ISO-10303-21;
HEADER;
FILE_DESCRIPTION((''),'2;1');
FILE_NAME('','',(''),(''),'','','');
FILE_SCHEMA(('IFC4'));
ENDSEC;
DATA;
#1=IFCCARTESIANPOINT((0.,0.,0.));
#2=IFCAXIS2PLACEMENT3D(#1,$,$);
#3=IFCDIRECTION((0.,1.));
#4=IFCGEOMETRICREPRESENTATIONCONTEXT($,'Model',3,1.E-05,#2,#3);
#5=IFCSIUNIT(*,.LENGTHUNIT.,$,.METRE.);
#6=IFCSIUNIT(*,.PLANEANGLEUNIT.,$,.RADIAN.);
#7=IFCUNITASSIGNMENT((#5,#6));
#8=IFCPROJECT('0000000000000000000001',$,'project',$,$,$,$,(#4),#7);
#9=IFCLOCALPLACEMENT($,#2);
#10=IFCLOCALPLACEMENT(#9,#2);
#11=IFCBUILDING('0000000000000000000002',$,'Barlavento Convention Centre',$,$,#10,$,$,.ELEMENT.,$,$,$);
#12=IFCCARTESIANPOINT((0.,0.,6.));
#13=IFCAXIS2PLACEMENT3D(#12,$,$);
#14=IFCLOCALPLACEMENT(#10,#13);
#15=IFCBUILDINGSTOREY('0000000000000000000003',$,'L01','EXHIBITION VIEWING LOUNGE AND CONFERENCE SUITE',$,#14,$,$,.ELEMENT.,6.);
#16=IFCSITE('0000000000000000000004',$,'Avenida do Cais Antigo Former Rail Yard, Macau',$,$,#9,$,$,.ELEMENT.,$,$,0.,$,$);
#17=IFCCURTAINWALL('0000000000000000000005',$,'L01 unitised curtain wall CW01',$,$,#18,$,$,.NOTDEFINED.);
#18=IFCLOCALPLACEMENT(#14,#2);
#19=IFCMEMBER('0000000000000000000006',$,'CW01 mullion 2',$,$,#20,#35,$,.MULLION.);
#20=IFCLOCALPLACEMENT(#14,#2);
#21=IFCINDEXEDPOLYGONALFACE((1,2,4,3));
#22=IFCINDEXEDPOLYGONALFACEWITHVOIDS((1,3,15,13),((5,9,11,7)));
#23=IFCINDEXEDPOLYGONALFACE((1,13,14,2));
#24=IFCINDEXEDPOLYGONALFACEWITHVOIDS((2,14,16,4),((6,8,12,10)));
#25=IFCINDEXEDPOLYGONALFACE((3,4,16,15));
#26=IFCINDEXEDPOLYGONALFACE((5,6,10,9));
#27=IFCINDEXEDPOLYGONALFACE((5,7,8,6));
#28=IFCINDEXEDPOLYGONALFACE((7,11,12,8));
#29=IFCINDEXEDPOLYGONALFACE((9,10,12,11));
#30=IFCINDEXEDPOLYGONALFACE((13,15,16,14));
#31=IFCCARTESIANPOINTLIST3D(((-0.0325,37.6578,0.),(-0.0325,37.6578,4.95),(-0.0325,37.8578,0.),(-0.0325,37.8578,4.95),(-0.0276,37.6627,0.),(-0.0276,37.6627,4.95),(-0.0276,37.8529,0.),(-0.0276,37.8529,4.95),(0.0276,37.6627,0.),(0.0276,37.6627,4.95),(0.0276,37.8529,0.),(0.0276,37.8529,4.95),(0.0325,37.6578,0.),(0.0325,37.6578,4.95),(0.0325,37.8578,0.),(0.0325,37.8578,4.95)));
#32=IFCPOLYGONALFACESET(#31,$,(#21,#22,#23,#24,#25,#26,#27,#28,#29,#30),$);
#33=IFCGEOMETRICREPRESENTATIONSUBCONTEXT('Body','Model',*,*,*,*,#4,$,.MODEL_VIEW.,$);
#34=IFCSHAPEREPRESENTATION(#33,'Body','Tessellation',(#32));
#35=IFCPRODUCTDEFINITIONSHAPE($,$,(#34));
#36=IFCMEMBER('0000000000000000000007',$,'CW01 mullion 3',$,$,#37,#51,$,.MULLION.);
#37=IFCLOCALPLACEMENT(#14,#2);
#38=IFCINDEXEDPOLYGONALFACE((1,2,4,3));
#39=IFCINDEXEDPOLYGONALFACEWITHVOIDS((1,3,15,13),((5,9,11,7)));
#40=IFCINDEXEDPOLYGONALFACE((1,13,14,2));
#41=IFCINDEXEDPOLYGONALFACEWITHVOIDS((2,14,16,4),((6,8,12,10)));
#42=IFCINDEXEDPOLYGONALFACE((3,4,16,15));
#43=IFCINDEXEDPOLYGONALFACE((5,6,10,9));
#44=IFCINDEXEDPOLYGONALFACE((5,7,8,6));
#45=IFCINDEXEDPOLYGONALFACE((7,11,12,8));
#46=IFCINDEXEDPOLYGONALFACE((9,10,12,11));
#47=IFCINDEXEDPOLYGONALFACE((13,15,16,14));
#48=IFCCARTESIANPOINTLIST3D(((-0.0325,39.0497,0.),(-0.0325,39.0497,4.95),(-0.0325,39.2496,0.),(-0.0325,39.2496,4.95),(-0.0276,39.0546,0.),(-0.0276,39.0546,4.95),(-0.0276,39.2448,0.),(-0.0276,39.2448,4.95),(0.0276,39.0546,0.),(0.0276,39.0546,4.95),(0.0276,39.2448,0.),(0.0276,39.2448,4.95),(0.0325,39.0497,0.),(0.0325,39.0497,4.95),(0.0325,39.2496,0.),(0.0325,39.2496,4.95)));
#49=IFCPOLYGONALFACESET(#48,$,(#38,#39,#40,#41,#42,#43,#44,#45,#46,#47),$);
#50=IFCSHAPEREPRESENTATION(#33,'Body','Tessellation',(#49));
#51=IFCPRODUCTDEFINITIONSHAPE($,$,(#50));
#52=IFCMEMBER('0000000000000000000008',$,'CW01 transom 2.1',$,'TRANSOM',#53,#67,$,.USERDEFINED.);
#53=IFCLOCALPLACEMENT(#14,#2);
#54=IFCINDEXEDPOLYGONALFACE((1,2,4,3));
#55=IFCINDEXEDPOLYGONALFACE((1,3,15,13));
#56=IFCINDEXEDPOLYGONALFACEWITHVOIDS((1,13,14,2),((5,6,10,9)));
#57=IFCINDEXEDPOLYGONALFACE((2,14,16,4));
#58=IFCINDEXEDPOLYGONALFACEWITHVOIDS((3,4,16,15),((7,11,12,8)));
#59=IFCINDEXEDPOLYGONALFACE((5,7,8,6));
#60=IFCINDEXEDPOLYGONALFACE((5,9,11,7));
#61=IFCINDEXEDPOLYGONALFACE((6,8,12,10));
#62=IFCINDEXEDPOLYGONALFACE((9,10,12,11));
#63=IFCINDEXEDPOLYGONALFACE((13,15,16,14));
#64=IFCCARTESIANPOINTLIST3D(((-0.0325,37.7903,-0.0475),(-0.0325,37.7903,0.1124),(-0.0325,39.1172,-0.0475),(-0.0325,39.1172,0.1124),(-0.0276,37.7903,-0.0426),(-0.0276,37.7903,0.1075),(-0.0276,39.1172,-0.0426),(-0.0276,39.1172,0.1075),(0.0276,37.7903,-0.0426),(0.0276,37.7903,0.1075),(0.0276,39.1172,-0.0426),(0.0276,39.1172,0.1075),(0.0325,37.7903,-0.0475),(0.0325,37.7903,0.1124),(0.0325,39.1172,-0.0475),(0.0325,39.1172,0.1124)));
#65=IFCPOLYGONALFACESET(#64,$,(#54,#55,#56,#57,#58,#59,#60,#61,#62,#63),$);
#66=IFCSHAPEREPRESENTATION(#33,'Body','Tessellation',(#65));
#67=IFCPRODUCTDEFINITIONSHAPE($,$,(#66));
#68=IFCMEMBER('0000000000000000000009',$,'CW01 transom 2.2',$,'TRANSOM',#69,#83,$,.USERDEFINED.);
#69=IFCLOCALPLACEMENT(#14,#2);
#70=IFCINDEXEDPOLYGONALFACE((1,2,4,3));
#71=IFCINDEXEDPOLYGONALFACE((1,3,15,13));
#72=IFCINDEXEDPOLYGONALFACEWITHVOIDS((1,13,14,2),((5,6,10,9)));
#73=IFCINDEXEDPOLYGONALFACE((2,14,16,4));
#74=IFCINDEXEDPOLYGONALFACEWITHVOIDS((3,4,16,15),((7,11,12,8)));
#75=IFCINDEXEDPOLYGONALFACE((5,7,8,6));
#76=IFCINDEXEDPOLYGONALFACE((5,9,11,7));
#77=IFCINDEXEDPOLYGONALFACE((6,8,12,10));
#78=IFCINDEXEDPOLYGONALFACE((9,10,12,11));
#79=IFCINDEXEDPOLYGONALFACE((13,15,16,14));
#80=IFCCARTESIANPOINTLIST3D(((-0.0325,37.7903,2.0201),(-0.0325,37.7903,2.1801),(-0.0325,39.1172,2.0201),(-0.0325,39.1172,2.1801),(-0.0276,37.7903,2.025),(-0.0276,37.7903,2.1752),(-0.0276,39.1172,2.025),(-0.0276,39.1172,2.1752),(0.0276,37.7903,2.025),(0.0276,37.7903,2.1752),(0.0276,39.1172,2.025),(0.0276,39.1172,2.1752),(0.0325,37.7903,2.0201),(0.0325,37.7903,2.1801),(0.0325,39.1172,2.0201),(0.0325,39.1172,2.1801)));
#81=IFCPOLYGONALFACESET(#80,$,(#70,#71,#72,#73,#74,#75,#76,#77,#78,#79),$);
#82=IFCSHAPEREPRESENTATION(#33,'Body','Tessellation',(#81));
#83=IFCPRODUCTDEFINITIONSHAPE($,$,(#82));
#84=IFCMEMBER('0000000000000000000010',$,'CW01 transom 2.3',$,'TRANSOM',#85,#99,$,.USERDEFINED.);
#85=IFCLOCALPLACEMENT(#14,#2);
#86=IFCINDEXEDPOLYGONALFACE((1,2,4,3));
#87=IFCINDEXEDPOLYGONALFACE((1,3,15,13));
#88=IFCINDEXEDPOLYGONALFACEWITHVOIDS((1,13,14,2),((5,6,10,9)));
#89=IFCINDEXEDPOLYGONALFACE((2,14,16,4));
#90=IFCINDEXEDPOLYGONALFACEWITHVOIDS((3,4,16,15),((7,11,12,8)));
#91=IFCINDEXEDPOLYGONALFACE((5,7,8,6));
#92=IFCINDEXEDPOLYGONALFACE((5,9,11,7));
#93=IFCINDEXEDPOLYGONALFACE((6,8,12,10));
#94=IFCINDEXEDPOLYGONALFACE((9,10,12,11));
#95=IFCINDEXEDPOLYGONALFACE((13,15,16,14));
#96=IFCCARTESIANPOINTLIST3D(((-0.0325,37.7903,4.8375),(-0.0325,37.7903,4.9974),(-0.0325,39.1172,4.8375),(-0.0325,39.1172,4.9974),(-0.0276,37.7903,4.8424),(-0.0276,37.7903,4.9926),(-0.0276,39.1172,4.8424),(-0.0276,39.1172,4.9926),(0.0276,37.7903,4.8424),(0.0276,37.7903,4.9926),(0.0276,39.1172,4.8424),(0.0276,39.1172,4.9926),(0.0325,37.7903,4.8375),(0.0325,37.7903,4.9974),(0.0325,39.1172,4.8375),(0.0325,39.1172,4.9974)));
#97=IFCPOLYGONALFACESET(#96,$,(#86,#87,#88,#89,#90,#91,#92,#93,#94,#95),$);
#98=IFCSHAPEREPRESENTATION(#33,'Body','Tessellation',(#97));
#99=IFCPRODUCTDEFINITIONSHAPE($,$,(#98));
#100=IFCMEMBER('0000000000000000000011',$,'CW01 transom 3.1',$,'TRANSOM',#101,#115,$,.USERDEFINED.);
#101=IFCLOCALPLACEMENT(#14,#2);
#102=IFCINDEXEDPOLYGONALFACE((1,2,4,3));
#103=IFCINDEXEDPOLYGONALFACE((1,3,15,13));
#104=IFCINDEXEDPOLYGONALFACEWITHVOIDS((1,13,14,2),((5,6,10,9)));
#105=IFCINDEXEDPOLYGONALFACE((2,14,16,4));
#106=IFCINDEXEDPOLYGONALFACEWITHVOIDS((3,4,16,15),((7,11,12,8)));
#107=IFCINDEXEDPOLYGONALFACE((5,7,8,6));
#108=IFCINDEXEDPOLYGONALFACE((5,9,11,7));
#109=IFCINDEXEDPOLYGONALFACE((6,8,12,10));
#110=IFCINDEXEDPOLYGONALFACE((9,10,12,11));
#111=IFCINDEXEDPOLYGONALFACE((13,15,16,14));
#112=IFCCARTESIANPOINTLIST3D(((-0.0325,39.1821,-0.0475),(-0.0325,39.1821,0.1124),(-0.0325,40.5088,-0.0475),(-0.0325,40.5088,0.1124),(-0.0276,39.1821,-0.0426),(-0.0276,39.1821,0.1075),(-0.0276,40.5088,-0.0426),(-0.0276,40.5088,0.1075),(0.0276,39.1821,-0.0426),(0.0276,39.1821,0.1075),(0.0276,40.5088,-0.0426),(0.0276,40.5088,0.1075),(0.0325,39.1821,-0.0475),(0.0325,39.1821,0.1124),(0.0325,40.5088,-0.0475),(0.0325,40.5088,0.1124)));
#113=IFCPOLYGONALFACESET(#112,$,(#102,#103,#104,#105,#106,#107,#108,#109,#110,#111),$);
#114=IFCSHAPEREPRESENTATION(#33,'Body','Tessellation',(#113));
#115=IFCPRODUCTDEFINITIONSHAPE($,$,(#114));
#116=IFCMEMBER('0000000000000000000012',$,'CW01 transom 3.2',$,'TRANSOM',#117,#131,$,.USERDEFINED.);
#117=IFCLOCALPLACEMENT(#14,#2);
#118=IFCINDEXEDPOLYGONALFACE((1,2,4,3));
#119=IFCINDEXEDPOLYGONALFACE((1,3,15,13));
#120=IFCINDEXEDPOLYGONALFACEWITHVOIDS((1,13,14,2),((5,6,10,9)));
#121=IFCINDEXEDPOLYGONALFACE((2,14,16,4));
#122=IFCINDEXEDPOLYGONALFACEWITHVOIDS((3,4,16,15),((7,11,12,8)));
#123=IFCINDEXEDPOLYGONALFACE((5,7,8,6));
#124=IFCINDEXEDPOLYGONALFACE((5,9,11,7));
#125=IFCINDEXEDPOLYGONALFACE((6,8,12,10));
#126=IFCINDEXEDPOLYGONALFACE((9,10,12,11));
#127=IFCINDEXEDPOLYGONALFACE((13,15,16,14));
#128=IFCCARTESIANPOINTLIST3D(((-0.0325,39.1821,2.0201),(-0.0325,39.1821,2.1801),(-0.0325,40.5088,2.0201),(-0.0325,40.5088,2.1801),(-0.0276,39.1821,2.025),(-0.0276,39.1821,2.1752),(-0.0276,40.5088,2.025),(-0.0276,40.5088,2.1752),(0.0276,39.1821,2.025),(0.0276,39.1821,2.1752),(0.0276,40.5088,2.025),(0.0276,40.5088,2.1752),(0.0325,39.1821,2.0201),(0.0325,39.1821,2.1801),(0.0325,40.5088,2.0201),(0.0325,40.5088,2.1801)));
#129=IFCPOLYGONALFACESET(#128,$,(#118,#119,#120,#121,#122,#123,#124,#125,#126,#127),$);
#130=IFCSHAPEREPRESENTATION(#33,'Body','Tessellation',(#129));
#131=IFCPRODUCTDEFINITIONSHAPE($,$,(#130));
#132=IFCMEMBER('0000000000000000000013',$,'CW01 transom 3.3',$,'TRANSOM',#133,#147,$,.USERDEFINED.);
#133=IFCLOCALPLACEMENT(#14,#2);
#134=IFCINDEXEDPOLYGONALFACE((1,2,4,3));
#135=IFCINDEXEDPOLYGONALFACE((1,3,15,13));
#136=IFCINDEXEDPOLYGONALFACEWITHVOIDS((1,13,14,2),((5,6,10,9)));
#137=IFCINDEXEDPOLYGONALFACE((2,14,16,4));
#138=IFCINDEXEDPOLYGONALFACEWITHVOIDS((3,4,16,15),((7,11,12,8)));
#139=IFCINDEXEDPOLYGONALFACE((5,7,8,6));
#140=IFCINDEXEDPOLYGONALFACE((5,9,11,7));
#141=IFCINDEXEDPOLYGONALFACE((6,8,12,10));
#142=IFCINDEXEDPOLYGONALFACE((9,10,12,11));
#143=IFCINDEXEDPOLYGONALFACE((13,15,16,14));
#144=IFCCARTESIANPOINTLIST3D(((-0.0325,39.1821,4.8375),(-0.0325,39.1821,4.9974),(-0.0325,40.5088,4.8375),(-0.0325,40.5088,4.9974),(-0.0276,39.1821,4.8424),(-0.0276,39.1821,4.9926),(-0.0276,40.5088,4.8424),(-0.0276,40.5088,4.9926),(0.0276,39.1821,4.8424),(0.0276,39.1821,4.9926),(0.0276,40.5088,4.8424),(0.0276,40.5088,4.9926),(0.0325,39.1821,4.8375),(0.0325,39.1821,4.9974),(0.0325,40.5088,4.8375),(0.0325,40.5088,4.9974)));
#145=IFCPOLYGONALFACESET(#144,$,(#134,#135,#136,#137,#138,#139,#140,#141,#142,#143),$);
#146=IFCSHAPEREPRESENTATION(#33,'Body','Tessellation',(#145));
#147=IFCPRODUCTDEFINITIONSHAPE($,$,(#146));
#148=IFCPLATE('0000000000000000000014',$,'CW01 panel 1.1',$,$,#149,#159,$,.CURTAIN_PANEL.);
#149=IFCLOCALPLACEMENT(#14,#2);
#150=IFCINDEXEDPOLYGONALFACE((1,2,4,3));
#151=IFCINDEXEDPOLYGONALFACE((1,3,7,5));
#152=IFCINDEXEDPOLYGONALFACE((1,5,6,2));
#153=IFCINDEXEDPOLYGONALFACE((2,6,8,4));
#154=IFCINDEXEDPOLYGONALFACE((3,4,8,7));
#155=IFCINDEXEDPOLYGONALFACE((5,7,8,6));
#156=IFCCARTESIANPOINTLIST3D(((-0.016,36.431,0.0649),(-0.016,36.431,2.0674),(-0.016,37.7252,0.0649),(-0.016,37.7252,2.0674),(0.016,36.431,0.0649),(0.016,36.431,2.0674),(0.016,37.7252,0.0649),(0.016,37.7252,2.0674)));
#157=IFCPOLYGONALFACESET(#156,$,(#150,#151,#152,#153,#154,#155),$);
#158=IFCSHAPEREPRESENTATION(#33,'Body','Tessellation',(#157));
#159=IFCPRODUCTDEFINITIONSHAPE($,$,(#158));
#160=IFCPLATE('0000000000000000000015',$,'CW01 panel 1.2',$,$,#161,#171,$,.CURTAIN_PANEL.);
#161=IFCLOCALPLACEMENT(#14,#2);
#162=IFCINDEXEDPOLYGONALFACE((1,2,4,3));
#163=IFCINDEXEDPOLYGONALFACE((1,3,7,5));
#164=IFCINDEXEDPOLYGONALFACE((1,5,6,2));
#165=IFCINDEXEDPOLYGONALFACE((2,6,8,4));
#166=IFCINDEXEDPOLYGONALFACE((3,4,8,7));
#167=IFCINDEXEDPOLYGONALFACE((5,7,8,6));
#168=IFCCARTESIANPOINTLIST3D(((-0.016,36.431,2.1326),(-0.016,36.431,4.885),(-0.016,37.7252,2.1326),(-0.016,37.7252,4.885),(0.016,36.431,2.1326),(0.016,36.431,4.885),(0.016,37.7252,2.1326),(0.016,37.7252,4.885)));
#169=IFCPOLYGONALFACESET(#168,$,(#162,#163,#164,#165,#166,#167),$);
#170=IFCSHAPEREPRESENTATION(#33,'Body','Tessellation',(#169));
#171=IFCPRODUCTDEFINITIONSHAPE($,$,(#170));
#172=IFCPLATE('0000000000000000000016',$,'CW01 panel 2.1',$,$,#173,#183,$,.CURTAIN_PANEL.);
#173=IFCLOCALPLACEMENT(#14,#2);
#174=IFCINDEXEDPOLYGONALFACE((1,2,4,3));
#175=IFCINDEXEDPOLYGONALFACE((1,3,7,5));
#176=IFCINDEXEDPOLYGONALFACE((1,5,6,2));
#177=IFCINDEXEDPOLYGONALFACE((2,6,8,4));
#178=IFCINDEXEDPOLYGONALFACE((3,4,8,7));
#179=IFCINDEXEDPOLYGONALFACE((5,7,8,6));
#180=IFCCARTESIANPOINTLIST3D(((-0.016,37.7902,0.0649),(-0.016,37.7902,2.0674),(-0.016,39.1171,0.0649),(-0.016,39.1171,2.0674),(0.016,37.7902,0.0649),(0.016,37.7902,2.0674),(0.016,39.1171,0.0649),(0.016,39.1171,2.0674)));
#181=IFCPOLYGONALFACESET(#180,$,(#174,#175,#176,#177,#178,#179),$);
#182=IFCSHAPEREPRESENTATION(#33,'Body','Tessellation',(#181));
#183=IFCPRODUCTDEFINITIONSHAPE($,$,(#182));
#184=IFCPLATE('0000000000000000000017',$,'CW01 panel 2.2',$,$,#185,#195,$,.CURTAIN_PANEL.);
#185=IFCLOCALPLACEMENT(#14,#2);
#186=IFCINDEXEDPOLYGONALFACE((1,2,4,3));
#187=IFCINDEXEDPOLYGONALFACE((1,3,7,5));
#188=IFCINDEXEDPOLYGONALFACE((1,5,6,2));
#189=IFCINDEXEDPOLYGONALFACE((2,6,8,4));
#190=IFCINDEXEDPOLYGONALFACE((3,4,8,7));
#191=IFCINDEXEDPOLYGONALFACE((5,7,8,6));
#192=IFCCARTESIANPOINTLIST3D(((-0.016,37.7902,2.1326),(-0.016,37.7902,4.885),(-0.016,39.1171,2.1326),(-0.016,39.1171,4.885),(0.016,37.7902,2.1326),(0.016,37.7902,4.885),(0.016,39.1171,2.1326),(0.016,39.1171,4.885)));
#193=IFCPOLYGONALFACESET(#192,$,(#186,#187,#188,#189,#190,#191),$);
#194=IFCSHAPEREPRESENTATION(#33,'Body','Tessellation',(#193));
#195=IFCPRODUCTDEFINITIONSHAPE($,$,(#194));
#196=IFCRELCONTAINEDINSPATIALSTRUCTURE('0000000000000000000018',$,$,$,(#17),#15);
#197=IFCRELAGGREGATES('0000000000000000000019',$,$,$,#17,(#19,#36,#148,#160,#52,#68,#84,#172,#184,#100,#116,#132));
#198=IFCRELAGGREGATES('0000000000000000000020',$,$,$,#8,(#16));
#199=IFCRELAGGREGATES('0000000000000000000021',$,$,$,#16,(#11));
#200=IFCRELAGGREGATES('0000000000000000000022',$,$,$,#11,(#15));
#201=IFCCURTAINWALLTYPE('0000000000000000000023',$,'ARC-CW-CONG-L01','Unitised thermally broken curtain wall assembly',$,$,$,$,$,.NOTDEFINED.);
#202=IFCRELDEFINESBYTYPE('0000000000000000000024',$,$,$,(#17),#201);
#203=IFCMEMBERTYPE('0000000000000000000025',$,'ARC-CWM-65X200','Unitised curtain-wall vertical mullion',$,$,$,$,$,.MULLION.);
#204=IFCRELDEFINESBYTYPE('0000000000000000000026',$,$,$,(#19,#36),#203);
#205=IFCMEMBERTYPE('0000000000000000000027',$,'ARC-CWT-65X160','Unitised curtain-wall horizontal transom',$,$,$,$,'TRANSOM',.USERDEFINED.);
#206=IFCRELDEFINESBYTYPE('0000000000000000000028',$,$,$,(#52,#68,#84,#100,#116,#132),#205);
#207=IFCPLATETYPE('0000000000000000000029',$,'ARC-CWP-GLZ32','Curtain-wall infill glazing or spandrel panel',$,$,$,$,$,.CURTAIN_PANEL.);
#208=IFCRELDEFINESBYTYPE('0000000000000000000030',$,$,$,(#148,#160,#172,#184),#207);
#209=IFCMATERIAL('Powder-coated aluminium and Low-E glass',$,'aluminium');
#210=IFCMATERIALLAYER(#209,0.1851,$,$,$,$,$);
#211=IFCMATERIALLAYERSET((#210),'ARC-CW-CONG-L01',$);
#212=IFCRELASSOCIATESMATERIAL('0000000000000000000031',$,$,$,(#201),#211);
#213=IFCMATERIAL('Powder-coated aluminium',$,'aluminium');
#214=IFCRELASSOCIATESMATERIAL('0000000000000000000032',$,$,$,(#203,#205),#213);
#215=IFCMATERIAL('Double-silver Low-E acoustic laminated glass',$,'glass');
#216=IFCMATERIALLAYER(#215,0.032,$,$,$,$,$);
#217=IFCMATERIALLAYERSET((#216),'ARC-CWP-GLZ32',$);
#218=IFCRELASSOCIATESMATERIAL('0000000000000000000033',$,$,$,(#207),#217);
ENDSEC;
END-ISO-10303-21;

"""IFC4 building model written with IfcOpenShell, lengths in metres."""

from ifc_helpers import new_model, si_unit, direction, frame, origin, origin_2d, place, context, subcontext, project, spatial, rectangle, hollow_rectangle, extrude, material, layer, layer_set, material_profile, profile_set, type_object, element, aggregate, save


model = new_model("IFC4")

# Units and contexts
model_context = context("Model", 3, precision=1e-05, world=origin(), true_north=direction((0.0, 1.0)))
body_context = subcontext(model_context, "Body", "Model", "MODEL_VIEW")
ifc_project = project(units=[si_unit("LENGTHUNIT", "METRE"), si_unit("PLANEANGLEUNIT", "RADIAN")], contexts=[model_context])

# Site, building, storey
site_placement = place(None, origin())
site = spatial("IfcSite", under=ifc_project, at=site_placement, Name="Avenida do Cais Antigo Former Rail Yard, Macau", CompositionType="ELEMENT", RefElevation=0.0)
building_placement = place(site_placement, origin())
building = spatial("IfcBuilding", under=site, at=building_placement, Name="Barlavento Convention Centre", CompositionType="ELEMENT")
storey_placement = place(building_placement, frame((0.0, 0.0, 6.0)))
storey = spatial("IfcBuildingStorey", under=building, at=storey_placement, Name="L01", Description="EXHIBITION VIEWING LOUNGE AND CONFERENCE SUITE", CompositionType="ELEMENT", Elevation=6.0)

# Curtain wall, members, plates
ifc_material_1 = material(Name="Powder-coated aluminium and Low-E glass", Category="aluminium")
ifc_layer_1 = layer(ifc_material_1, 0.1851)
ifc_layer_set_1 = layer_set([ifc_layer_1], Name="ARC-CW-CONG-L01")
curtain_wall_type = type_object("IfcCurtainWallType", Name="ARC-CW-CONG-L01", Description="Unitised thermally broken curtain wall assembly", PredefinedType="NOTDEFINED", material=ifc_layer_set_1)
curtain_wall_placement = place(storey_placement, origin())
curtain_wall = element("IfcCurtainWall", 1, at=curtain_wall_placement, inside=storey, type_object=curtain_wall_type, Name="L01 unitised curtain wall CW01", PredefinedType="NOTDEFINED")
ifc_material_2 = material(Name="Powder-coated aluminium", Category="aluminium")
ifc_material_profile_1 = material_profile(ifc_material_2, hollow_rectangle(XDim=0.0649, YDim=0.2, WallThickness=0.0049, at=origin_2d()), Name="AL-MULL 65x200x5")
ifc_profile_set_1 = profile_set([ifc_material_profile_1], Name="Powder-coated aluminium")
member_type_1 = type_object("IfcMemberType", Name="ARC-CWM-65X200", Description="Unitised curtain-wall vertical mullion", PredefinedType="MULLION", material=ifc_profile_set_1)
member_1_placement = place(storey_placement, frame((0.0, 37.7578, 0.0), z_axis=(0.0, 0.0, 1.0), x_axis=(-1.0, 0.0, 0.0)))
member_1 = element("IfcMember", 2, at=member_1_placement, type_object=member_type_1, Name="CW01 mullion 2", PredefinedType="MULLION", context=body_context, shape_type="SweptSolid", body=[
    extrude(hollow_rectangle(XDim=0.0649, YDim=0.2, WallThickness=0.0049, at=origin_2d()), origin(), (0.0, 0.0, 1.0), 4.95),
])
member_2_placement = place(storey_placement, frame((0.0, 39.1497, 0.0), z_axis=(0.0, 0.0, 1.0), x_axis=(-1.0, 0.0, 0.0)))
member_2 = element("IfcMember", 3, at=member_2_placement, type_object=member_type_1, Name="CW01 mullion 3", PredefinedType="MULLION", context=body_context, shape_type="SweptSolid", body=[
    extrude(hollow_rectangle(XDim=0.0649, YDim=0.2, WallThickness=0.0049, at=origin_2d()), origin(), (0.0, 0.0, 1.0), 4.95),
])
ifc_material_profile_2 = material_profile(ifc_material_2, hollow_rectangle(XDim=0.0649, YDim=0.1599, WallThickness=0.0049, at=origin_2d()), Name="AL-TRAN 65x160x5")
ifc_profile_set_2 = profile_set([ifc_material_profile_2], Name="Powder-coated aluminium")
member_type_2 = type_object("IfcMemberType", Name="ARC-CWT-65X160", Description="Unitised curtain-wall horizontal transom", ElementType="TRANSOM", PredefinedType="USERDEFINED", material=ifc_profile_set_2)
member_3_placement = place(storey_placement, frame((0.0, 37.7903, 0.0325), z_axis=(0.0, 1.0, 0.0), x_axis=(-1.0, 0.0, 0.0)))
member_3 = element("IfcMember", 4, at=member_3_placement, type_object=member_type_2, Name="CW01 transom 2.1", ObjectType="TRANSOM", PredefinedType="USERDEFINED", context=body_context, shape_type="SweptSolid", body=[
    extrude(hollow_rectangle(XDim=0.0649, YDim=0.1599, WallThickness=0.0049, at=origin_2d()), origin(), (0.0, 0.0, 1.0), 1.3269),
])
member_4_placement = place(storey_placement, frame((0.0, 37.7903, 2.1001), z_axis=(0.0, 1.0, 0.0), x_axis=(-1.0, 0.0, 0.0)))
member_4 = element("IfcMember", 5, at=member_4_placement, type_object=member_type_2, Name="CW01 transom 2.2", ObjectType="TRANSOM", PredefinedType="USERDEFINED", context=body_context, shape_type="SweptSolid", body=[
    extrude(hollow_rectangle(XDim=0.0649, YDim=0.1599, WallThickness=0.0049, at=origin_2d()), origin(), (0.0, 0.0, 1.0), 1.3269),
])
member_5_placement = place(storey_placement, frame((0.0, 37.7903, 4.9175), z_axis=(0.0, 1.0, 0.0), x_axis=(-1.0, 0.0, 0.0)))
member_5 = element("IfcMember", 6, at=member_5_placement, type_object=member_type_2, Name="CW01 transom 2.3", ObjectType="TRANSOM", PredefinedType="USERDEFINED", context=body_context, shape_type="SweptSolid", body=[
    extrude(hollow_rectangle(XDim=0.0649, YDim=0.1599, WallThickness=0.0049, at=origin_2d()), origin(), (0.0, 0.0, 1.0), 1.3269),
])
member_6_placement = place(storey_placement, frame((0.0, 39.1821, 0.0325), z_axis=(0.0, 1.0, 0.0), x_axis=(-1.0, 0.0, 0.0)))
member_6 = element("IfcMember", 7, at=member_6_placement, type_object=member_type_2, Name="CW01 transom 3.1", ObjectType="TRANSOM", PredefinedType="USERDEFINED", context=body_context, shape_type="SweptSolid", body=[
    extrude(hollow_rectangle(XDim=0.0649, YDim=0.1599, WallThickness=0.0049, at=origin_2d()), origin(), (0.0, 0.0, 1.0), 1.3267),
])
member_7_placement = place(storey_placement, frame((0.0, 39.1821, 2.1001), z_axis=(0.0, 1.0, 0.0), x_axis=(-1.0, 0.0, 0.0)))
member_7 = element("IfcMember", 8, at=member_7_placement, type_object=member_type_2, Name="CW01 transom 3.2", ObjectType="TRANSOM", PredefinedType="USERDEFINED", context=body_context, shape_type="SweptSolid", body=[
    extrude(hollow_rectangle(XDim=0.0649, YDim=0.1599, WallThickness=0.0049, at=origin_2d()), origin(), (0.0, 0.0, 1.0), 1.3267),
])
member_8_placement = place(storey_placement, frame((0.0, 39.1821, 4.9175), z_axis=(0.0, 1.0, 0.0), x_axis=(-1.0, 0.0, 0.0)))
member_8 = element("IfcMember", 9, at=member_8_placement, type_object=member_type_2, Name="CW01 transom 3.3", ObjectType="TRANSOM", PredefinedType="USERDEFINED", context=body_context, shape_type="SweptSolid", body=[
    extrude(hollow_rectangle(XDim=0.0649, YDim=0.1599, WallThickness=0.0049, at=origin_2d()), origin(), (0.0, 0.0, 1.0), 1.3267),
])
ifc_material_3 = material(Name="Double-silver Low-E acoustic laminated glass", Category="glass")
ifc_layer_2 = layer(ifc_material_3, 0.032)
ifc_layer_set_2 = layer_set([ifc_layer_2], Name="ARC-CWP-GLZ32")
plate_type = type_object("IfcPlateType", Name="ARC-CWP-GLZ32", Description="Curtain-wall infill glazing or spandrel panel", PredefinedType="CURTAIN_PANEL", material=ifc_layer_set_2)
plate_1_placement = place(storey_placement, frame((0.0, 37.0781, 0.0649), z_axis=(0.0, 0.0, 1.0), x_axis=(0.0, 1.0, 0.0)))
plate_1 = element("IfcPlate", 10, at=plate_1_placement, type_object=plate_type, Name="CW01 panel 1.1", PredefinedType="CURTAIN_PANEL", context=body_context, shape_type="SweptSolid", body=[
    extrude(rectangle(XDim=1.2942, YDim=0.032, at=origin_2d()), origin(), (0.0, 0.0, 1.0), 2.0024),
])
plate_2_placement = place(storey_placement, frame((0.0, 37.0781, 2.1326), z_axis=(0.0, 0.0, 1.0), x_axis=(0.0, 1.0, 0.0)))
plate_2 = element("IfcPlate", 11, at=plate_2_placement, type_object=plate_type, Name="CW01 panel 1.2", PredefinedType="CURTAIN_PANEL", context=body_context, shape_type="SweptSolid", body=[
    extrude(rectangle(XDim=1.2942, YDim=0.032, at=origin_2d()), origin(), (0.0, 0.0, 1.0), 2.7524),
])
plate_3_placement = place(storey_placement, frame((0.0, 38.4536, 0.0649), z_axis=(0.0, 0.0, 1.0), x_axis=(0.0, 1.0, 0.0)))
plate_3 = element("IfcPlate", 12, at=plate_3_placement, type_object=plate_type, Name="CW01 panel 2.1", PredefinedType="CURTAIN_PANEL", context=body_context, shape_type="SweptSolid", body=[
    extrude(rectangle(XDim=1.3269, YDim=0.032, at=origin_2d()), origin(), (0.0, 0.0, 1.0), 2.0024),
])
plate_4_placement = place(storey_placement, frame((0.0, 38.4536, 2.1326), z_axis=(0.0, 0.0, 1.0), x_axis=(0.0, 1.0, 0.0)))
plate_4 = element("IfcPlate", 13, at=plate_4_placement, type_object=plate_type, Name="CW01 panel 2.2", PredefinedType="CURTAIN_PANEL", context=body_context, shape_type="SweptSolid", body=[
    extrude(rectangle(XDim=1.3269, YDim=0.032, at=origin_2d()), origin(), (0.0, 0.0, 1.0), 2.7524),
])
aggregate(curtain_wall, [member_1, member_2, plate_1, plate_2, member_3, member_4, member_5, plate_3, plate_4, member_6, member_7, member_8])

save(model, "model.ifc")
